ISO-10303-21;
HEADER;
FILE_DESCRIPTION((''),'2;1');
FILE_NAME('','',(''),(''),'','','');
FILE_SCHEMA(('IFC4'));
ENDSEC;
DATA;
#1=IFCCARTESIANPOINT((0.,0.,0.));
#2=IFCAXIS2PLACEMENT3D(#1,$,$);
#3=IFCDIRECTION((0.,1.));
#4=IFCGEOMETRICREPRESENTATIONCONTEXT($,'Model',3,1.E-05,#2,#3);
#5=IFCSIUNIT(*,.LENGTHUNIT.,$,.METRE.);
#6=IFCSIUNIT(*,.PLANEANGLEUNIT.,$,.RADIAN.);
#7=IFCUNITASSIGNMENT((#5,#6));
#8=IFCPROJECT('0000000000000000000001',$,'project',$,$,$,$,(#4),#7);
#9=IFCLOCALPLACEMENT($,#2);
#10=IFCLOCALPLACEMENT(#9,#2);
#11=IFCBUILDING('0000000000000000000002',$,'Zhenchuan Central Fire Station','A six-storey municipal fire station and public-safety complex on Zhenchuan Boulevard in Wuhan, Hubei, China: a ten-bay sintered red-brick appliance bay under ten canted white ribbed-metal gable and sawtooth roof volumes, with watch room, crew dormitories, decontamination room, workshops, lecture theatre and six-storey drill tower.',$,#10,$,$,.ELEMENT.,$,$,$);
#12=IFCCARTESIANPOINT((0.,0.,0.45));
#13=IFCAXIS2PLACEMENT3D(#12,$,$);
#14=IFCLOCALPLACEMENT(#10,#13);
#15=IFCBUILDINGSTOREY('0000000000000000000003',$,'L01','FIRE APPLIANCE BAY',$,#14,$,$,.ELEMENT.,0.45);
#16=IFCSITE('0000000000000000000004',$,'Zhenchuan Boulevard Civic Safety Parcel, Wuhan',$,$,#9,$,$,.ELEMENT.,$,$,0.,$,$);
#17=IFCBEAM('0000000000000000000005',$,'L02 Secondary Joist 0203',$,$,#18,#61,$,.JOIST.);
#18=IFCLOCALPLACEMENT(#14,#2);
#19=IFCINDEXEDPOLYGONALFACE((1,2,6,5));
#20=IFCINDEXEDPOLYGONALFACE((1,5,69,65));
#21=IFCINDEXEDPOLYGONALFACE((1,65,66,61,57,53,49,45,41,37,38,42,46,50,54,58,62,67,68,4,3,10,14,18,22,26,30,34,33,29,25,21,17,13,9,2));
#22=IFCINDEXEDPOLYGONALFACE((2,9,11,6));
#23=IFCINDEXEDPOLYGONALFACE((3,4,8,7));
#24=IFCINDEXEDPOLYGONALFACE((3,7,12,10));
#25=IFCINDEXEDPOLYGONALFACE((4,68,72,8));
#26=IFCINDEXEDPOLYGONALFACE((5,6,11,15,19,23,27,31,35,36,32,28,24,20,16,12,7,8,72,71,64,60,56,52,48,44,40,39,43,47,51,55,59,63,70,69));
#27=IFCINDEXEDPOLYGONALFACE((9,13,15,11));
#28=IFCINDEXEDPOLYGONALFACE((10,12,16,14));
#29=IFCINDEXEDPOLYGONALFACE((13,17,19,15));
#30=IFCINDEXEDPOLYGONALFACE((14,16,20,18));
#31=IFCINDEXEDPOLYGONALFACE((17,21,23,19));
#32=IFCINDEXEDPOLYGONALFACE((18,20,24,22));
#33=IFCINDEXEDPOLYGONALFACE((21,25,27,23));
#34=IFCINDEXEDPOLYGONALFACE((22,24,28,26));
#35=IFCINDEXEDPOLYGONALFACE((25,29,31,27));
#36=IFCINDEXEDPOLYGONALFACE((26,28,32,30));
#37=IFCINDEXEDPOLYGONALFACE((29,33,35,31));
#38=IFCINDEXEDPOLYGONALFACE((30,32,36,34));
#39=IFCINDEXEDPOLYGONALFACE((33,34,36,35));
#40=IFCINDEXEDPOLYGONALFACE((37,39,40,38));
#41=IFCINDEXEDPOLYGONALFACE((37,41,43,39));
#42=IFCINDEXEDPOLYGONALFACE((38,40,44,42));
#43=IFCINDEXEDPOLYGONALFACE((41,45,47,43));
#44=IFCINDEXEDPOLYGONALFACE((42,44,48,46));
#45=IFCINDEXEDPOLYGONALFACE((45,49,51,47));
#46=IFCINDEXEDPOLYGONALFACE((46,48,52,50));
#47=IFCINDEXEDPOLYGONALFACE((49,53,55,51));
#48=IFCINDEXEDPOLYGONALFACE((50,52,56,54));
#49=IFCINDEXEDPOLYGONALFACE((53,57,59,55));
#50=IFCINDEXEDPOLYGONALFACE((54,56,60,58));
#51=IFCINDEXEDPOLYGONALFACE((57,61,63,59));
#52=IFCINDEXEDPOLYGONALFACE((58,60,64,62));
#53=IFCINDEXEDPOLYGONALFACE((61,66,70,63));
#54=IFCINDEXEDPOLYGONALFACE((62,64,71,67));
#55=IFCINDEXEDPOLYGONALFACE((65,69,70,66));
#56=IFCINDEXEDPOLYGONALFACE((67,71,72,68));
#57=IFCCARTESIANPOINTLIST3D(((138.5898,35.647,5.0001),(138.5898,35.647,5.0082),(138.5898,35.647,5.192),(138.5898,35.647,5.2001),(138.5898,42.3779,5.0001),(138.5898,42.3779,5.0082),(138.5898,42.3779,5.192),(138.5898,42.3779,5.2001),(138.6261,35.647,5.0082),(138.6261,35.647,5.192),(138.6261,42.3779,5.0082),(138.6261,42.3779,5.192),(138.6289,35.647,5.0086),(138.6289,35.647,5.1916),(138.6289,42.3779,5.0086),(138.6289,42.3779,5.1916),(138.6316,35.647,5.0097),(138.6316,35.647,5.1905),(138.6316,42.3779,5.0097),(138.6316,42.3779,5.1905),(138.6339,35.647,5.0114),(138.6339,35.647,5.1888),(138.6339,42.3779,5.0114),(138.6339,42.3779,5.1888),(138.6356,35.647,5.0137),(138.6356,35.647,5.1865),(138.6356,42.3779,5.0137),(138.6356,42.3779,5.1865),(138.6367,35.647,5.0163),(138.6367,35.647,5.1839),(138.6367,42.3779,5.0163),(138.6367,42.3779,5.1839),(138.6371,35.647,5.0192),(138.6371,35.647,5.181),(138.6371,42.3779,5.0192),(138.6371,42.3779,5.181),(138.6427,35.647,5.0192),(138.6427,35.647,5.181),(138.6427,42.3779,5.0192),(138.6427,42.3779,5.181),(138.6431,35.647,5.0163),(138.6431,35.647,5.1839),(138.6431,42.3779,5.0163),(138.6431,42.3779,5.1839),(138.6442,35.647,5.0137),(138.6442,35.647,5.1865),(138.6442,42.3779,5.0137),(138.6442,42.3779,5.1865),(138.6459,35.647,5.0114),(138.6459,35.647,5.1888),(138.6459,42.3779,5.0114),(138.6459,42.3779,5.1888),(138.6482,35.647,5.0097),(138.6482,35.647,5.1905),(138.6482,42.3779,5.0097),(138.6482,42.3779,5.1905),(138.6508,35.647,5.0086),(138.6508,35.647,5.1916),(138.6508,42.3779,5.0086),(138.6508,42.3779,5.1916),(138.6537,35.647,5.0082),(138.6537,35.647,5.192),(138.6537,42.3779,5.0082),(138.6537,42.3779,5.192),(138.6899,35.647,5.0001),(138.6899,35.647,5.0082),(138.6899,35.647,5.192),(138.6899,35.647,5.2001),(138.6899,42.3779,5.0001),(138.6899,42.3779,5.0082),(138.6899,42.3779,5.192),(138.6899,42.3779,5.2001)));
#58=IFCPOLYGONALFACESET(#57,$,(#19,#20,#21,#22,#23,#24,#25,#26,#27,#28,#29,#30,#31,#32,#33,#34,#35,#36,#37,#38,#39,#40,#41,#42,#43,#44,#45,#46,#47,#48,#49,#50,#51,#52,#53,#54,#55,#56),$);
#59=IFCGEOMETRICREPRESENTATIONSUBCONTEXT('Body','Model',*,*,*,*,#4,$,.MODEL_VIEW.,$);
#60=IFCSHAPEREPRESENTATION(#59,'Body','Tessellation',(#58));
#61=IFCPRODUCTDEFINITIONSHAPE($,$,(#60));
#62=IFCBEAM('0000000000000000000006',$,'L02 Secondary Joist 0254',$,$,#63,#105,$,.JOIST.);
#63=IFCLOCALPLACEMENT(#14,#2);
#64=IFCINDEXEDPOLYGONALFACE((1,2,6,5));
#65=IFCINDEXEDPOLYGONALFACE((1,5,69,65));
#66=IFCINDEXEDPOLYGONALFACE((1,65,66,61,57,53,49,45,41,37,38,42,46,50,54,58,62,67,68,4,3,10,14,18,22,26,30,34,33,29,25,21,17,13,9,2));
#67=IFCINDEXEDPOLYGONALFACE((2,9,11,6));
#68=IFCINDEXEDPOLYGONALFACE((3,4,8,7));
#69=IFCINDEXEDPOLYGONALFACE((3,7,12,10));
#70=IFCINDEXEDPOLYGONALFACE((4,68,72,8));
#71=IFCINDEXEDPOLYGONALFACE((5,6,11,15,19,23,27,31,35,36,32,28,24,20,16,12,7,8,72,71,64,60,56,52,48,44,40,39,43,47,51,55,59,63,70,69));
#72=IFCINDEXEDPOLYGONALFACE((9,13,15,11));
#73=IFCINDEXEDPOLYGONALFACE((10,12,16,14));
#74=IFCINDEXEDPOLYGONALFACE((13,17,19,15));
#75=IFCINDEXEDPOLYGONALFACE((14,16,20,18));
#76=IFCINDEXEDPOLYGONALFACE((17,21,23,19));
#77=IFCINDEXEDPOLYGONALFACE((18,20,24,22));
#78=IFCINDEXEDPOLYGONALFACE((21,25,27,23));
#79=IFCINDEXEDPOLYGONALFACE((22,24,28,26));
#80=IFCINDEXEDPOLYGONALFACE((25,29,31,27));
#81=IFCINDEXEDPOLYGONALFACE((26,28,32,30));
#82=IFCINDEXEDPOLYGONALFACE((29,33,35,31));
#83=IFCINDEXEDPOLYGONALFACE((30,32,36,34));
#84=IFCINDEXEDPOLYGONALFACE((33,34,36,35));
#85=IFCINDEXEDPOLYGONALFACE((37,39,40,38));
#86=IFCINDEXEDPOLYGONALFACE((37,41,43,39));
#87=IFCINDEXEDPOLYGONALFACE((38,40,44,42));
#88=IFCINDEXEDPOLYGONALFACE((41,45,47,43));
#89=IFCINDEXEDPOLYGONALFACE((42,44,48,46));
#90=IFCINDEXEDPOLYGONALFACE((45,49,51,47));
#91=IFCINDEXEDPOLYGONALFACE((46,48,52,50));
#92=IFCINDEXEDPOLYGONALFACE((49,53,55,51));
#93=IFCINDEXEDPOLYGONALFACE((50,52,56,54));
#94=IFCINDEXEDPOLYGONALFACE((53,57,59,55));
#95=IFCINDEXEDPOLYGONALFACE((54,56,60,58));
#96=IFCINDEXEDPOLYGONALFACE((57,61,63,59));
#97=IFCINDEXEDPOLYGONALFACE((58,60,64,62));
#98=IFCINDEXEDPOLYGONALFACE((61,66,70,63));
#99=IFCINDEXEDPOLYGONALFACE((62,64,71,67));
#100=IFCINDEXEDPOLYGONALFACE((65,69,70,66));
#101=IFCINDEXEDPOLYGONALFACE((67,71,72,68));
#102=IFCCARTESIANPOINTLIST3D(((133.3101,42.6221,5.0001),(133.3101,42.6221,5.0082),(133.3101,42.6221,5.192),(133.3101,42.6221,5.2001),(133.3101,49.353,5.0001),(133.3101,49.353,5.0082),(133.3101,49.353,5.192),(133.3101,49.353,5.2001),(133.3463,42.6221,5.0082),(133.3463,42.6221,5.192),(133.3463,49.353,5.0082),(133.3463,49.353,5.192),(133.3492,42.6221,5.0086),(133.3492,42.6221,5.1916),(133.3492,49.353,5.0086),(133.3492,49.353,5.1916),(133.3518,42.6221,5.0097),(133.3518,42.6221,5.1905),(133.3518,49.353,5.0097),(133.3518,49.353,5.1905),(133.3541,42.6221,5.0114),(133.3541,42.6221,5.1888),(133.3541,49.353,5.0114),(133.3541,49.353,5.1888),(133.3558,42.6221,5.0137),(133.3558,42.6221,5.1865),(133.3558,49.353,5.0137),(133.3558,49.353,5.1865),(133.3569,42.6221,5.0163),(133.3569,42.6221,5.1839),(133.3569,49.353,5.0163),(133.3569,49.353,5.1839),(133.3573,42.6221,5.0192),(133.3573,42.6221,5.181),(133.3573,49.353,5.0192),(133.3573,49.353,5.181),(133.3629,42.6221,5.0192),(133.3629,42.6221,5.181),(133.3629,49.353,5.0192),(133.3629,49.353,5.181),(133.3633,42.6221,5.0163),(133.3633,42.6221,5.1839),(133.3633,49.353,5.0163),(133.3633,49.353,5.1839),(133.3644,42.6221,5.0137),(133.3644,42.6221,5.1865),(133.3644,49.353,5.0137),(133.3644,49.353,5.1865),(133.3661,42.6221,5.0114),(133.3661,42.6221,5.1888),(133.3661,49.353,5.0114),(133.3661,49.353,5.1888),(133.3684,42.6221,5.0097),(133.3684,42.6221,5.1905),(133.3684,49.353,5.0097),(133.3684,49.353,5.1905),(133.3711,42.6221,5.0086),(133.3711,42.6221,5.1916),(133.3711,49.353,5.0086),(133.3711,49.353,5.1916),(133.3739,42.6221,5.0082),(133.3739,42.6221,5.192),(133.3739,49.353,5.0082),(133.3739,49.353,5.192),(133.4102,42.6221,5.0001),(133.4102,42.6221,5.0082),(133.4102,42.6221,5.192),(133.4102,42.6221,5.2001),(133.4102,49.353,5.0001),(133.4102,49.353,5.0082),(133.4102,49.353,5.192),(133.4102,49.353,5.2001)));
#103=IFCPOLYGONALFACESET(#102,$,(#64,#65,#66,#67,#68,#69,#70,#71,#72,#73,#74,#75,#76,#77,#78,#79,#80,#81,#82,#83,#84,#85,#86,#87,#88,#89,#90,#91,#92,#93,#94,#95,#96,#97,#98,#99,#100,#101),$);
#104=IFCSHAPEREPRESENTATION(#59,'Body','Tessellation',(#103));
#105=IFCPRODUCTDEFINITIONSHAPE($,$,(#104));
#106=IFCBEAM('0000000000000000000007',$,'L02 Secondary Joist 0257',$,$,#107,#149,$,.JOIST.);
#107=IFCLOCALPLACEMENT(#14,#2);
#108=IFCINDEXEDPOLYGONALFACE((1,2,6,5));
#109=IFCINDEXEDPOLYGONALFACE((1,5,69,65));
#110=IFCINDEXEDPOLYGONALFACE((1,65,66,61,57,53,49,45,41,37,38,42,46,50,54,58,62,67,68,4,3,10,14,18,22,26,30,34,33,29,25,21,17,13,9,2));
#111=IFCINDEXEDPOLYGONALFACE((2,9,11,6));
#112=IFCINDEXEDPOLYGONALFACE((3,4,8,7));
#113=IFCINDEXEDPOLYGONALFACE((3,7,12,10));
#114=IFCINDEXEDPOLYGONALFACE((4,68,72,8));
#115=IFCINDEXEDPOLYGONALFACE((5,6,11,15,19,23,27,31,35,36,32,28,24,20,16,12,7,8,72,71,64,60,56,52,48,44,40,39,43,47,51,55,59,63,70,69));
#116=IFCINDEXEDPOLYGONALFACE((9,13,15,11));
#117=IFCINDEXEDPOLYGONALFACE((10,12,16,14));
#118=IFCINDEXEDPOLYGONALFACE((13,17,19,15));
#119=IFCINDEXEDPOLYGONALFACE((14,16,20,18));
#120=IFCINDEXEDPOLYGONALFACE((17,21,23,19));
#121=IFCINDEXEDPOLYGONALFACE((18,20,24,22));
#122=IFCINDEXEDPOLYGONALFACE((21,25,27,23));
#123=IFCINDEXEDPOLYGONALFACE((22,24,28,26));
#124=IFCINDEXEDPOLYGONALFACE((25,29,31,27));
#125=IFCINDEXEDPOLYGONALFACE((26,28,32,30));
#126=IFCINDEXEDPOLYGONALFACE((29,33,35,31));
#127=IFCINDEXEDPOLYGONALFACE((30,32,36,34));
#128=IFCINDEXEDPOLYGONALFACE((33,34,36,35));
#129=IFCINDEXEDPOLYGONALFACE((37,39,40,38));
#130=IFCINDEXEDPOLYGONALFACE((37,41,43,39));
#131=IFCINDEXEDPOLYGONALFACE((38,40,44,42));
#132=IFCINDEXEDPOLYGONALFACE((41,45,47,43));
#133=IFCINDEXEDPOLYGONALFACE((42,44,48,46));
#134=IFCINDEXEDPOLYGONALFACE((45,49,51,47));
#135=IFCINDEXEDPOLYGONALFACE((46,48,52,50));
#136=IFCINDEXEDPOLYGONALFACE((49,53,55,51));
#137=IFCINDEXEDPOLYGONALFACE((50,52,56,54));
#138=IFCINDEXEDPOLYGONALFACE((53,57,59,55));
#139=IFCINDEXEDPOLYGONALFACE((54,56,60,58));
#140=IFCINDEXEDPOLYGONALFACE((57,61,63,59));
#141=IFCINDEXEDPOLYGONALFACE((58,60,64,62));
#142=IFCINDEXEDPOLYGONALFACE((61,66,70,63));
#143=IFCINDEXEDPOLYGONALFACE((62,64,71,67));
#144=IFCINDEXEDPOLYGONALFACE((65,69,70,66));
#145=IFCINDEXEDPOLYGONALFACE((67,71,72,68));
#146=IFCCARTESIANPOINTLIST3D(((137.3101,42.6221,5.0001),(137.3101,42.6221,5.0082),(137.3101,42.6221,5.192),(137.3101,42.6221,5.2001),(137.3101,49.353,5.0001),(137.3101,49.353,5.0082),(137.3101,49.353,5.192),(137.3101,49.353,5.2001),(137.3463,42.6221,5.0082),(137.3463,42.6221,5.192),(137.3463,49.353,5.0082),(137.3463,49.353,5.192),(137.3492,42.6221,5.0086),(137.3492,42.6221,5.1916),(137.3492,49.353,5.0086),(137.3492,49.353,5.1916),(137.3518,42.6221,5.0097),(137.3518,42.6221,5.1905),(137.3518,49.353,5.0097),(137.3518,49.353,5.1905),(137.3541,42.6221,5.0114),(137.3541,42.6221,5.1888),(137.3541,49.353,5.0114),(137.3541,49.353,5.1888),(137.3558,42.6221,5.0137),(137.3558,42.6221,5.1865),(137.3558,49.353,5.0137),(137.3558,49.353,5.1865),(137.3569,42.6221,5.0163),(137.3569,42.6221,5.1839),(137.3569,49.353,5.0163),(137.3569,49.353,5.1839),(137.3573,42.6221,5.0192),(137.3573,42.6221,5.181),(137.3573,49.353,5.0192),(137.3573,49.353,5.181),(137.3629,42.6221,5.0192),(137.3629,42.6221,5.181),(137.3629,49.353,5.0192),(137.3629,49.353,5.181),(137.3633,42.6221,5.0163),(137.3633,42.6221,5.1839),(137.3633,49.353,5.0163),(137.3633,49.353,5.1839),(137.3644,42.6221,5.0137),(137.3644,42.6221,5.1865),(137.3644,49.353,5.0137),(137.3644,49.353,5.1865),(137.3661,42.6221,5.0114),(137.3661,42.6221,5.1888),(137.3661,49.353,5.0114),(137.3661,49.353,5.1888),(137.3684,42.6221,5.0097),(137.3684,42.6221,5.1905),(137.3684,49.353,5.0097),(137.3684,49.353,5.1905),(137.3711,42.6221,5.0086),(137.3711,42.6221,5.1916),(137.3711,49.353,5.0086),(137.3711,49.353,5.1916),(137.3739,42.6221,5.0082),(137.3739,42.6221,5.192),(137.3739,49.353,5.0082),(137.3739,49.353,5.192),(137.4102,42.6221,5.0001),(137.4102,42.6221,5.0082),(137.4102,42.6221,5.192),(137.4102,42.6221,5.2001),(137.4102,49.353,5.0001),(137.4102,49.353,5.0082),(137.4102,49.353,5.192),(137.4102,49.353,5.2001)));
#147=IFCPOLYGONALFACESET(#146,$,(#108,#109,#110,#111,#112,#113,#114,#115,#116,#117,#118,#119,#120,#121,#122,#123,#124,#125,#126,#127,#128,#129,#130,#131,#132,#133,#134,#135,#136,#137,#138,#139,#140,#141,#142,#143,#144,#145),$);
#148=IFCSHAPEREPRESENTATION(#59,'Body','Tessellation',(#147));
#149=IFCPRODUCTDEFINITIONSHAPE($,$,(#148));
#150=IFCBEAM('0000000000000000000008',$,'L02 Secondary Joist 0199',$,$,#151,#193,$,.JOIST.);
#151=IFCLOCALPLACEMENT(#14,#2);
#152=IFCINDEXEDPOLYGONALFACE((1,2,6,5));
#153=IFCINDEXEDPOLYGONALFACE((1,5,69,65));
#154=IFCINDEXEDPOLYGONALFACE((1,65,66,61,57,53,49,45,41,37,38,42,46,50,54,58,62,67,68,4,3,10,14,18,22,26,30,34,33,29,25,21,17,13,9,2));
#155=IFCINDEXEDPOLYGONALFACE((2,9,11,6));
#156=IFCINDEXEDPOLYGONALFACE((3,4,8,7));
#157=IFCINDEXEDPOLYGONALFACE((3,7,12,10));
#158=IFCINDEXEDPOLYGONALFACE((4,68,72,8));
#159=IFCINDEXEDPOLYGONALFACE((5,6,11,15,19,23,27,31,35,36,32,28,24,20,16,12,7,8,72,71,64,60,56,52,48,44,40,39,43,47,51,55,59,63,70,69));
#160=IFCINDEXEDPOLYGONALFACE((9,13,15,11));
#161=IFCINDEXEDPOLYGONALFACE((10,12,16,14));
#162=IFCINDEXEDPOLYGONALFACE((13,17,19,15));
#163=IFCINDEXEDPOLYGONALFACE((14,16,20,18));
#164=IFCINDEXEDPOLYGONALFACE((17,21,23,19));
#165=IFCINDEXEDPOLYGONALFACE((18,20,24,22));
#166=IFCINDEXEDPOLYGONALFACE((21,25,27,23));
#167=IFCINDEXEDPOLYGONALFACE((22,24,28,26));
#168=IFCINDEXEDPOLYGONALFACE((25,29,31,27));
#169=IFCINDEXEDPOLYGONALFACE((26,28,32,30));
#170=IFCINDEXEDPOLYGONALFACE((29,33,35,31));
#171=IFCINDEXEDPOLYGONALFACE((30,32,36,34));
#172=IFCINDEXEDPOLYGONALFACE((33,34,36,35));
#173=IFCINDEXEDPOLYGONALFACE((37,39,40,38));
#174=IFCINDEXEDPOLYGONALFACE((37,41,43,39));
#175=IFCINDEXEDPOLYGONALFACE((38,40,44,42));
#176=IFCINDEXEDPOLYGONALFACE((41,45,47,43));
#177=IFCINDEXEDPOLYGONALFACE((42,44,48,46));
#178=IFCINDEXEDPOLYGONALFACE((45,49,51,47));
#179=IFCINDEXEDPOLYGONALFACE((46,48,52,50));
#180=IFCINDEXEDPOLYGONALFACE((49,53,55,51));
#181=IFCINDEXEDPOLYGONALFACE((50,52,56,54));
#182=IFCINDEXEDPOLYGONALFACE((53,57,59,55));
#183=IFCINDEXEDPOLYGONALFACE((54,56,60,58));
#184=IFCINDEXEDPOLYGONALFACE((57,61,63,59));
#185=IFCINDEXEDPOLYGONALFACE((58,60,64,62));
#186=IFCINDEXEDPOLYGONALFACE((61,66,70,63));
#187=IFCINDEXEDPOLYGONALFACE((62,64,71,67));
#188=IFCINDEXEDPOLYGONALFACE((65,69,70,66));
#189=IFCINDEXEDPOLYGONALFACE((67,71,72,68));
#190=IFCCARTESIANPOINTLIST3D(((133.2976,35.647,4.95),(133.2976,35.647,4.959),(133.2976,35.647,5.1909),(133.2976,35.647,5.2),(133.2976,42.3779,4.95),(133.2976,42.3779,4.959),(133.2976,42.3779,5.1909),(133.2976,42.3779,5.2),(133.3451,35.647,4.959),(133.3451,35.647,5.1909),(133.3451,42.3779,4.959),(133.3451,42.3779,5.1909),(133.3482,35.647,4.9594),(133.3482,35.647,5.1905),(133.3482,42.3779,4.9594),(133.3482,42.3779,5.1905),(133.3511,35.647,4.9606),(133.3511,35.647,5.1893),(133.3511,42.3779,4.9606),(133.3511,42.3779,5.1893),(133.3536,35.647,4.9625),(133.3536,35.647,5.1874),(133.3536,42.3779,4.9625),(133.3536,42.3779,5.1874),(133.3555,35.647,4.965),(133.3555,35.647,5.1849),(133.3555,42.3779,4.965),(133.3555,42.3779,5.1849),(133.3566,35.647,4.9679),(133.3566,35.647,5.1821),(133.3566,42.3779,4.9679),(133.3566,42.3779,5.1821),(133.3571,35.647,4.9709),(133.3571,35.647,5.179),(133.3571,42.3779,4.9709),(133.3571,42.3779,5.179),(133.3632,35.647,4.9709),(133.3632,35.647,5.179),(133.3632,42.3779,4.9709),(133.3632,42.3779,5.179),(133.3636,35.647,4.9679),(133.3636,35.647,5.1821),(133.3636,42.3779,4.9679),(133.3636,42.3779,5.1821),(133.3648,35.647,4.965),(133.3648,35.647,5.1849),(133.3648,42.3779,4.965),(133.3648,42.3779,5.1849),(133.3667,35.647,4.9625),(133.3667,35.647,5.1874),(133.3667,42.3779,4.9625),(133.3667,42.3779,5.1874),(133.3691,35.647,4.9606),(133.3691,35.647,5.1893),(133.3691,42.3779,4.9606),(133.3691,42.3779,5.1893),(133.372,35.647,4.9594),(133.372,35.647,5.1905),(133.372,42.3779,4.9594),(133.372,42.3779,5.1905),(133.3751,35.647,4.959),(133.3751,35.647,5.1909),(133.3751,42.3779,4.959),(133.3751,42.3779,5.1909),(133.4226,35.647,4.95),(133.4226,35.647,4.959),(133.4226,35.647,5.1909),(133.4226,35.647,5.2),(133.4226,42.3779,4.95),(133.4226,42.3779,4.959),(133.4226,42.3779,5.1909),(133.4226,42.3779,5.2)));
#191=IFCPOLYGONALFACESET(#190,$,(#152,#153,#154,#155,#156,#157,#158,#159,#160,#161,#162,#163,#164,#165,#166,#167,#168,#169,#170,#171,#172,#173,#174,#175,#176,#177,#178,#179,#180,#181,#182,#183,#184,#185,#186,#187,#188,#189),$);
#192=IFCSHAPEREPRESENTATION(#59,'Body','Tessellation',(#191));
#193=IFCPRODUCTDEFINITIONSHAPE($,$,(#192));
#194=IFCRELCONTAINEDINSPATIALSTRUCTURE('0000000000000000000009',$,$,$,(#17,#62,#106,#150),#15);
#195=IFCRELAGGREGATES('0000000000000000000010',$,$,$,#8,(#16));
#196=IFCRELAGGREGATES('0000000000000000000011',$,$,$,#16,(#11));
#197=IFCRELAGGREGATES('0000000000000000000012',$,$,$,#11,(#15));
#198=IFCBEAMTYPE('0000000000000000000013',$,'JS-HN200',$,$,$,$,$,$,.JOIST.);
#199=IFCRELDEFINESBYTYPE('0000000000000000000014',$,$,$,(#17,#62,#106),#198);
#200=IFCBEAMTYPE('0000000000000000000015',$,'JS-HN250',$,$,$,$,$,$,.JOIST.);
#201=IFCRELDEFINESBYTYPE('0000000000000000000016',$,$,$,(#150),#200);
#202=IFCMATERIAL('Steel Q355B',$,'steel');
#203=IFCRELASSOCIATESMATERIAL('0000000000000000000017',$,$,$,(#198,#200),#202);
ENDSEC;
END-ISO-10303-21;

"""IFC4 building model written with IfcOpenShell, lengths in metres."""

from ifc_helpers import new_model, si_unit, direction, frame, origin, origin_2d, place, context, subcontext, project, spatial, i_section, extrude, material, material_profile, profile_set, type_object, element, save


model = new_model("IFC4")

# Units and contexts
model_context = context("Model", 3, precision=1e-05, world=origin(), true_north=direction((0.0, 1.0)))
body_context = subcontext(model_context, "Body", "Model", "MODEL_VIEW")
ifc_project = project(units=[si_unit("LENGTHUNIT", "METRE"), si_unit("PLANEANGLEUNIT", "RADIAN")], contexts=[model_context])

# Site, building, storey
site_placement = place(None, origin())
site = spatial("IfcSite", under=ifc_project, at=site_placement, Name="Zhenchuan Boulevard Civic Safety Parcel, Wuhan", CompositionType="ELEMENT", RefElevation=0.0)
building_placement = place(site_placement, origin())
building = spatial("IfcBuilding", under=site, at=building_placement, Name="Zhenchuan Central Fire Station", Description="A six-storey municipal fire station and public-safety complex on Zhenchuan Boulevard in Wuhan, Hubei, China: a ten-bay sintered red-brick appliance bay under ten canted white ribbed-metal gable and sawtooth roof volumes, with watch room, crew dormitories, decontamination room, workshops, lecture theatre and six-storey drill tower.", CompositionType="ELEMENT")
storey_placement = place(building_placement, frame((0.0, 0.0, 0.45)))
storey = spatial("IfcBuildingStorey", under=building, at=storey_placement, Name="L01", Description="FIRE APPLIANCE BAY", CompositionType="ELEMENT", Elevation=0.45)

# Beams
ifc_material_1 = material(Name="Steel Q355B", Category="steel")
ifc_material_profile_1 = material_profile(ifc_material_1, i_section(OverallWidth=0.1001, OverallDepth=0.2, WebThickness=0.0056, FlangeThickness=0.0081, FilletRadius=0.011, at=origin_2d()), Name="HN 200x100")
ifc_profile_set_1 = profile_set([ifc_material_profile_1], Name="Steel Q355B")
beam_type_1 = type_object("IfcBeamType", Name="JS-HN200", PredefinedType="JOIST", material=ifc_profile_set_1)
for number, where, z_axis, x_axis, name in (
    (1, (138.6399, 35.647, 5.1001), (0.0, 1.0, 0.0), (-1.0, 0.0, 0.0), "L02 Secondary Joist 0203"),
    (2, (133.3601, 42.6221, 5.1001), (0.0, 1.0, 0.0), (-1.0, 0.0, 0.0), "L02 Secondary Joist 0254"),
    (3, (137.3601, 42.6221, 5.1001), (0.0, 1.0, 0.0), (-1.0, 0.0, 0.0), "L02 Secondary Joist 0257"),
):
    element("IfcBeam", number, at=place(storey_placement, frame(where, z_axis=z_axis, x_axis=x_axis)), inside=storey, type_object=beam_type_1, Name=name, PredefinedType="JOIST", context=body_context, shape_type="SweptSolid", body=[
        extrude(i_section(OverallWidth=0.1001, OverallDepth=0.2, WebThickness=0.0056, FlangeThickness=0.0081, FilletRadius=0.011, at=origin_2d()), origin(), (0.0, 0.0, 1.0), 6.731),
    ])
ifc_material_profile_2 = material_profile(ifc_material_1, i_section(OverallWidth=0.125, OverallDepth=0.25, WebThickness=0.0061, FlangeThickness=0.009, FilletRadius=0.012, at=origin_2d()), Name="HN 250x125")
ifc_profile_set_2 = profile_set([ifc_material_profile_2], Name="Steel Q355B")
beam_type_2 = type_object("IfcBeamType", Name="JS-HN250", PredefinedType="JOIST", material=ifc_profile_set_2)
for number, where, z_axis, x_axis, name in (
    (4, (133.3601, 35.647, 5.075), (0.0, 1.0, 0.0), (-1.0, 0.0, 0.0), "L02 Secondary Joist 0199"),
):
    element("IfcBeam", number, at=place(storey_placement, frame(where, z_axis=z_axis, x_axis=x_axis)), inside=storey, type_object=beam_type_2, Name=name, PredefinedType="JOIST", context=body_context, shape_type="SweptSolid", body=[
        extrude(i_section(OverallWidth=0.125, OverallDepth=0.25, WebThickness=0.0061, FlangeThickness=0.009, FilletRadius=0.012, at=origin_2d()), origin(), (0.0, 0.0, 1.0), 6.731),
    ])

save(model, "model.ifc")
